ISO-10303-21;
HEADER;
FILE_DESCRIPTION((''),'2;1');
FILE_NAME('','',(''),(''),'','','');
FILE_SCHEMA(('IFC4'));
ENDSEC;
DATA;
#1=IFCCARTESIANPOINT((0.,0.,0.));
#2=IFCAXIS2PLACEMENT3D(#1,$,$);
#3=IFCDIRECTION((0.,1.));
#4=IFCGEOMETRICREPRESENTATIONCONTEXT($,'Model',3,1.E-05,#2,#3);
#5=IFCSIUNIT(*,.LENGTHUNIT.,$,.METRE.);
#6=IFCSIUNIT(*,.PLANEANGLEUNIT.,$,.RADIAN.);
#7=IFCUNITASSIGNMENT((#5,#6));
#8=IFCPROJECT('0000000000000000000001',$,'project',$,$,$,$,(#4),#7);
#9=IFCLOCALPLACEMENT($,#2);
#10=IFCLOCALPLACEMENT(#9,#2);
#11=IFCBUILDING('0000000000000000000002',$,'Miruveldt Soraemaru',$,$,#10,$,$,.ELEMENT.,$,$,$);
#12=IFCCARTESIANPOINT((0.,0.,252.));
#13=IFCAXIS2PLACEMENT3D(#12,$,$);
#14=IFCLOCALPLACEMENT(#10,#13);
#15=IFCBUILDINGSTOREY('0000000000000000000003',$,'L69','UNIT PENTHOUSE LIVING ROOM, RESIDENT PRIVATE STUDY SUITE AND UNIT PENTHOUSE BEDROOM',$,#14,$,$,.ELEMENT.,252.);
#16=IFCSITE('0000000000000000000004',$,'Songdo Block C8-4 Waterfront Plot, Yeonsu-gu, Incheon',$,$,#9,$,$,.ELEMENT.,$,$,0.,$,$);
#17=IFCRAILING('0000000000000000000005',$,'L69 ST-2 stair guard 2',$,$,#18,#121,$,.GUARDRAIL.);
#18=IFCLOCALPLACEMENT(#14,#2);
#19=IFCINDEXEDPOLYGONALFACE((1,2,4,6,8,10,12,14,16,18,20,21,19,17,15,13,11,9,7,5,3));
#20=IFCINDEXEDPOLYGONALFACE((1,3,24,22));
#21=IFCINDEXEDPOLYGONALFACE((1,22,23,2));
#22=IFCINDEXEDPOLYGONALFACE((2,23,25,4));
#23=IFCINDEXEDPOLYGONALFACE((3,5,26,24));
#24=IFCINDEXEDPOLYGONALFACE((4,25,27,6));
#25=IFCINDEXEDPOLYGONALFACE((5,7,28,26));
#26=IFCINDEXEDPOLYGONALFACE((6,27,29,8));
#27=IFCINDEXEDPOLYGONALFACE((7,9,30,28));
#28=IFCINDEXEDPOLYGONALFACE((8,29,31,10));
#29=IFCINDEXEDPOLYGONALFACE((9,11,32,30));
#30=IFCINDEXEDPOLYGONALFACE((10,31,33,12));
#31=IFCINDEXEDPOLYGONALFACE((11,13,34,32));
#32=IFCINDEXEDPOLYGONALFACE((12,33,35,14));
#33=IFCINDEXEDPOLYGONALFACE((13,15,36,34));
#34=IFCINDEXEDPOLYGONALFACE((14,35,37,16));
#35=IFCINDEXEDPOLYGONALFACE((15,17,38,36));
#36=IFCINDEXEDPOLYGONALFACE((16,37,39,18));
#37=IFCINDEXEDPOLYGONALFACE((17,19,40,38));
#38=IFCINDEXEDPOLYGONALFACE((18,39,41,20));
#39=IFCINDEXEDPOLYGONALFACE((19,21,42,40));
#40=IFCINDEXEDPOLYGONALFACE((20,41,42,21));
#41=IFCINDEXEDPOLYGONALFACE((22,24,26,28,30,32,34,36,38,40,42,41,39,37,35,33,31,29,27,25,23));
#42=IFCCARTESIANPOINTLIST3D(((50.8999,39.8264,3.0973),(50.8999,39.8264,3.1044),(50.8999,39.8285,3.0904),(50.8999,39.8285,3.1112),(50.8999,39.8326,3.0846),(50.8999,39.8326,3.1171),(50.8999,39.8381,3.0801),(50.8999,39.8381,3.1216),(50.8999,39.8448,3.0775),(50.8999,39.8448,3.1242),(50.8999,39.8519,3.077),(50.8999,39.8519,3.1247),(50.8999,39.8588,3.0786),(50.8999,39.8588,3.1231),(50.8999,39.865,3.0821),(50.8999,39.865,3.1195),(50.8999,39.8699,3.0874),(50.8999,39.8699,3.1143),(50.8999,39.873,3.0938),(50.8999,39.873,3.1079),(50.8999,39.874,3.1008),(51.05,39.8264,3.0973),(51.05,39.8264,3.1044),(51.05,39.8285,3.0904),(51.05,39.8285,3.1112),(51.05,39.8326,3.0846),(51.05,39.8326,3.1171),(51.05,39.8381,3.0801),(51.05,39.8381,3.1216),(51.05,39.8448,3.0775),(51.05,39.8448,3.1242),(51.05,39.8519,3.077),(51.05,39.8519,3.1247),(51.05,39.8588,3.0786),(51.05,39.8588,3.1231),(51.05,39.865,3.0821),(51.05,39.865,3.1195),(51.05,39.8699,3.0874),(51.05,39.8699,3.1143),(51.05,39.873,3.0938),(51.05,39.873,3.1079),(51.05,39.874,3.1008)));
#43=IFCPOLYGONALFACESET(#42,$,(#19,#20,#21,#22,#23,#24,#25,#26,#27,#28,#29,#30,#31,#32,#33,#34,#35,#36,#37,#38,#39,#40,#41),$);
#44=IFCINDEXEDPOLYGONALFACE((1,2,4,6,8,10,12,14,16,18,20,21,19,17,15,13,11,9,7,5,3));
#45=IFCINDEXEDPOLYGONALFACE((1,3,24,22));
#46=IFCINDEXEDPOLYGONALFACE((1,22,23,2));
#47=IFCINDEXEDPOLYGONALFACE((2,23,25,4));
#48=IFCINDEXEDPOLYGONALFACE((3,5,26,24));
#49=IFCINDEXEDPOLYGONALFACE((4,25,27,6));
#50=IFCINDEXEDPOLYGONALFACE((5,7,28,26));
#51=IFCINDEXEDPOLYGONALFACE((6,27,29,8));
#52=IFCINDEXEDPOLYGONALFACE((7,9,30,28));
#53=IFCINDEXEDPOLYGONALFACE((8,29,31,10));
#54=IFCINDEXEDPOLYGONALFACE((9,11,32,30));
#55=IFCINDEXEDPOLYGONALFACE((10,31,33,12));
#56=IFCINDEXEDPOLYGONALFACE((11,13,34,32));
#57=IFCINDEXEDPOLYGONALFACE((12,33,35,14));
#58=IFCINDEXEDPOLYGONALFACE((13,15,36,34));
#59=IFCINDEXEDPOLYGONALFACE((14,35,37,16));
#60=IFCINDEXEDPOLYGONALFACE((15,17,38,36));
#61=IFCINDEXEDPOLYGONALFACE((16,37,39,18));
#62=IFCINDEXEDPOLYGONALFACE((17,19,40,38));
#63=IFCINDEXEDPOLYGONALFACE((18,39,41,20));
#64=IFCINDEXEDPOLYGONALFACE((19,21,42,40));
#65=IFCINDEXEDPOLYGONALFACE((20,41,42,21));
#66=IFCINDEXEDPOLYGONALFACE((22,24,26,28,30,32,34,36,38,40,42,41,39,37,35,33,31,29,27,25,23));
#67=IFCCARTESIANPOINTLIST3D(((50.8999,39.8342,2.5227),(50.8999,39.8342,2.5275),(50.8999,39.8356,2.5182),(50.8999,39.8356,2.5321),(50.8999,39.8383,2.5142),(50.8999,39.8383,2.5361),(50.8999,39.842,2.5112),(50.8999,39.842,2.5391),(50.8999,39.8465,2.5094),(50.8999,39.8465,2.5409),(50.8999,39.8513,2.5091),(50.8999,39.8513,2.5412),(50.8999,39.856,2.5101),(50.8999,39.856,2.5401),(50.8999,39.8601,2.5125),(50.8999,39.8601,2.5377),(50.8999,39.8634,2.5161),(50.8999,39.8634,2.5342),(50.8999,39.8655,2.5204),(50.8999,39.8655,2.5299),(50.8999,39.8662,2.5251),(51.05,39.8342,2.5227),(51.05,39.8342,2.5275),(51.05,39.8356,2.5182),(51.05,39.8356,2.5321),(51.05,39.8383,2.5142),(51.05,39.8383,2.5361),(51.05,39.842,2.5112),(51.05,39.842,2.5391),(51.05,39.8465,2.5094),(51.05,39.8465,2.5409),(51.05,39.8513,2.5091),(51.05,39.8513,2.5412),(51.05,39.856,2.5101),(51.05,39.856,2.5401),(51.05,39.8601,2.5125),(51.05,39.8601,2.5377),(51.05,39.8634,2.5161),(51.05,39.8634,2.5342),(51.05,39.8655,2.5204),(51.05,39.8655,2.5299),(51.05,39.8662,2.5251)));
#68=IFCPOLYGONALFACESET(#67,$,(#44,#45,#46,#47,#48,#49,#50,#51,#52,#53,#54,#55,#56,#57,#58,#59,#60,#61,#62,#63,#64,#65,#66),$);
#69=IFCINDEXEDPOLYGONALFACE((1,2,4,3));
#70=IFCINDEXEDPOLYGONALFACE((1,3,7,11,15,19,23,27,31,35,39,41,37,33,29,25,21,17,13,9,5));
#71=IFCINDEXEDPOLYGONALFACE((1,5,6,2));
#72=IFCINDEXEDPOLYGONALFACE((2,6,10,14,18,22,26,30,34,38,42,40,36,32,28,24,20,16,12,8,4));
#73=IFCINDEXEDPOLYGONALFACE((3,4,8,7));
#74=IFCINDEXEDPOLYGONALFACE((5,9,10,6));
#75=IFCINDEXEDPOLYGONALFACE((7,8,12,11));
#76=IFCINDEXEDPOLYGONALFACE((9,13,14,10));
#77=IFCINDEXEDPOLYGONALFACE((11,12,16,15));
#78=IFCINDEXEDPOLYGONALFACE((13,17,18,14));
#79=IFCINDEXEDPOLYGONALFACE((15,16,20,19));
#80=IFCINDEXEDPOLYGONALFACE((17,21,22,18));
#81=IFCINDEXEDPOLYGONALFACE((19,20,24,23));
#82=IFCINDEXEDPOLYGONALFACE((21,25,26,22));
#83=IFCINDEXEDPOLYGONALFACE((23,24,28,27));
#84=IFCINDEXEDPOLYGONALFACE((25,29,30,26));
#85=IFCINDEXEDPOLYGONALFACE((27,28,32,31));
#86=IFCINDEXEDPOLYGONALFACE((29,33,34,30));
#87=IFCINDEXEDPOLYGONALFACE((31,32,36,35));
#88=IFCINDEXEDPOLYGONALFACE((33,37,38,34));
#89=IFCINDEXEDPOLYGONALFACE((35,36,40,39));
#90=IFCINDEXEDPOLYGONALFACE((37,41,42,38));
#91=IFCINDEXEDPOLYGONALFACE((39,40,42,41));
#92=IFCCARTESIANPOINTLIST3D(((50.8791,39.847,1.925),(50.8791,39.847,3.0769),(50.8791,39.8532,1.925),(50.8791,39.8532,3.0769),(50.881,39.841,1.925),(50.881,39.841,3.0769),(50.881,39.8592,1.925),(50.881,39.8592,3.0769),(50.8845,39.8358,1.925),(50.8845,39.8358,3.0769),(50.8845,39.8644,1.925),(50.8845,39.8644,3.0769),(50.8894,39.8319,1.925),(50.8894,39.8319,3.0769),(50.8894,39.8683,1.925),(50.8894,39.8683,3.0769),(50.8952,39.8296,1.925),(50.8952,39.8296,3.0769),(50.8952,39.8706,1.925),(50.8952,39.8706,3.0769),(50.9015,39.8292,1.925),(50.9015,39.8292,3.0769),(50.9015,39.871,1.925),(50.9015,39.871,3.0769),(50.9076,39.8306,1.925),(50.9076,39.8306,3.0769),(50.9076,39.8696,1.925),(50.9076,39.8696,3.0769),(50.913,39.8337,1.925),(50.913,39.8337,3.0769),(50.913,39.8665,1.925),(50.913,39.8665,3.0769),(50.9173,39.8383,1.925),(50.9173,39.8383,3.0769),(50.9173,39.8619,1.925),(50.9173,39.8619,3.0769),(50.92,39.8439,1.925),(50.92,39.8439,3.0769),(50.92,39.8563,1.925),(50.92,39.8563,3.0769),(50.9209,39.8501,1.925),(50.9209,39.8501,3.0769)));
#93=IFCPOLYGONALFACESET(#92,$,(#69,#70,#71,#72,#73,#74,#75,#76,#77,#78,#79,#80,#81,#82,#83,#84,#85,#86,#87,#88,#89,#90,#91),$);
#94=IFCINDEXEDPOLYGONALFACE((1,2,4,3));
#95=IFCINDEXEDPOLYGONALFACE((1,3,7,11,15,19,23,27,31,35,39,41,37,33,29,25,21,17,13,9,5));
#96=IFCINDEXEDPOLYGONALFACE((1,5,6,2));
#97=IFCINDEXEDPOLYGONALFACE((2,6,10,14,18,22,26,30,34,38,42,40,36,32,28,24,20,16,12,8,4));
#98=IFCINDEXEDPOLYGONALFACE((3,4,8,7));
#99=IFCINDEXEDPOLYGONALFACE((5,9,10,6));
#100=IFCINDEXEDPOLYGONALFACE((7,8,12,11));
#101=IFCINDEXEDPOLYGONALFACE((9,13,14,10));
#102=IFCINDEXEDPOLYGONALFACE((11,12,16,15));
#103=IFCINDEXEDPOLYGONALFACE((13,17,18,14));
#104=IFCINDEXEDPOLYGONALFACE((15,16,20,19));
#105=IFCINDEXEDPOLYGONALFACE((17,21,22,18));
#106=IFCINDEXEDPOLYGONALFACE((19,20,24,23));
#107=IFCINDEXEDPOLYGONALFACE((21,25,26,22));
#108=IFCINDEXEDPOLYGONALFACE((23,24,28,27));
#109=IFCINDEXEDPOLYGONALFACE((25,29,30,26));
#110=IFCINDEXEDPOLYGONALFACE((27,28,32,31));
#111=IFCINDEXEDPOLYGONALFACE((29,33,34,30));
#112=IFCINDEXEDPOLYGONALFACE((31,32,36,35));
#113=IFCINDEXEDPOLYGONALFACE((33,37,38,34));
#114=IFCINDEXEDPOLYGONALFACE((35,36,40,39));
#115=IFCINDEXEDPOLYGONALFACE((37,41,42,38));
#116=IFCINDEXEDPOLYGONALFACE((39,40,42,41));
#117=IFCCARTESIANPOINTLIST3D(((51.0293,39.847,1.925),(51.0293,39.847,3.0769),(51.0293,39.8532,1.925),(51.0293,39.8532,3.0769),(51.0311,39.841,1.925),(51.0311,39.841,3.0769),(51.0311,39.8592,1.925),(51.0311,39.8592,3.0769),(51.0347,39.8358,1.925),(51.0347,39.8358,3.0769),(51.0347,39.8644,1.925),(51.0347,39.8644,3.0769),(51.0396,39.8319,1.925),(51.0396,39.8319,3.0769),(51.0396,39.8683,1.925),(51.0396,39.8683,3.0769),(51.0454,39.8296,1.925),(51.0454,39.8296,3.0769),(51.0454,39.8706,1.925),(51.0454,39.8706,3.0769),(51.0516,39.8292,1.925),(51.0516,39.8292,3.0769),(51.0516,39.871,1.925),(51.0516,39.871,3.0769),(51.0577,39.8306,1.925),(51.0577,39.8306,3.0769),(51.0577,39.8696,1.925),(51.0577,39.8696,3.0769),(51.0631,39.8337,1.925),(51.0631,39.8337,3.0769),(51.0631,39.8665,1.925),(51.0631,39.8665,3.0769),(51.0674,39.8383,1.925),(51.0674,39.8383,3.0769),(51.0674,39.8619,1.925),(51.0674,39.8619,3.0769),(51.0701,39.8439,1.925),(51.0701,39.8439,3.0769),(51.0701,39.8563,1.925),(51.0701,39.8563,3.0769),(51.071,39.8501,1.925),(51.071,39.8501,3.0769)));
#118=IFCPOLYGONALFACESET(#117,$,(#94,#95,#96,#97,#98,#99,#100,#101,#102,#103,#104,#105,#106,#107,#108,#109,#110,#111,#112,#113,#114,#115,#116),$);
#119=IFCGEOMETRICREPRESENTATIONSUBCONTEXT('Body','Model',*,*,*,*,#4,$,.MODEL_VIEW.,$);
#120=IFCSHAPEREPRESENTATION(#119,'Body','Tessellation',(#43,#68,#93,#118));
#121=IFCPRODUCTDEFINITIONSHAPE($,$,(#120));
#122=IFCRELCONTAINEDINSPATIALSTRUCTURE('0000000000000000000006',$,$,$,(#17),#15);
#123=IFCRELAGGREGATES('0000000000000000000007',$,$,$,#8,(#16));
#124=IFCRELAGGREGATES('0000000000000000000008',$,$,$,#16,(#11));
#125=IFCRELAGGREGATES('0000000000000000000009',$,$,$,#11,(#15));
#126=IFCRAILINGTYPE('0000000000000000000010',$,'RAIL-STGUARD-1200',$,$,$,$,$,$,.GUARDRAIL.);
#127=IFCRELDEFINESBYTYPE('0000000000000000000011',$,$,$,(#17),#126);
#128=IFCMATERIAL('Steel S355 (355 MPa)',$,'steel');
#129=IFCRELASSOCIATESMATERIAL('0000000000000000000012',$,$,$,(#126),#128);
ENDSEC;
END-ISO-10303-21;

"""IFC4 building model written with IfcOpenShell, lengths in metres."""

from ifc_helpers import new_model, si_unit, direction, frame, origin, origin_2d, place, context, subcontext, project, spatial, circle, extrude, material, type_object, element, save


model = new_model("IFC4")

# Units and contexts
model_context = context("Model", 3, precision=1e-05, world=origin(), true_north=direction((0.0, 1.0)))
body_context = subcontext(model_context, "Body", "Model", "MODEL_VIEW")
ifc_project = project(units=[si_unit("LENGTHUNIT", "METRE"), si_unit("PLANEANGLEUNIT", "RADIAN")], contexts=[model_context])

# Site, building, storey
site_placement = place(None, origin())
site = spatial("IfcSite", under=ifc_project, at=site_placement, Name="Songdo Block C8-4 Waterfront Plot, Yeonsu-gu, Incheon", CompositionType="ELEMENT", RefElevation=0.0)
building_placement = place(site_placement, origin())
building = spatial("IfcBuilding", under=site, at=building_placement, Name="Miruveldt Soraemaru", CompositionType="ELEMENT")
storey_placement = place(building_placement, frame((0.0, 0.0, 252.0)))
storey = spatial("IfcBuildingStorey", under=building, at=storey_placement, Name="L69", Description="UNIT PENTHOUSE LIVING ROOM, RESIDENT PRIVATE STUDY SUITE AND UNIT PENTHOUSE BEDROOM", CompositionType="ELEMENT", Elevation=252.0)

# Railing
ifc_material_1 = material(Name="Steel S355 (355 MPa)", Category="steel")
railing_type = type_object("IfcRailingType", Name="RAIL-STGUARD-1200", PredefinedType="GUARDRAIL", material=ifc_material_1)
railing_placement = place(storey_placement, frame((50.8999, 39.8501, 1.925)))
element("IfcRailing", 1, at=railing_placement, inside=storey, type_object=railing_type, Name="L69 ST-2 stair guard 2", PredefinedType="GUARDRAIL", context=body_context, shape_type="SweptSolid", body=[
    extrude(circle(Radius=0.0239, at=origin_2d()), frame((0.0, 0.0, 1.1758), z_axis=(1.0, 0.0, 0.0), x_axis=(0.0, 1.0, 0.0)), (0.0, 0.0, 1.0), 0.1501),
    extrude(circle(Radius=0.0161, at=origin_2d()), frame((0.0, 0.0, 0.6001), z_axis=(1.0, 0.0, 0.0), x_axis=(0.0, 1.0, 0.0)), (0.0, 0.0, 1.0), 0.1501),
    extrude(circle(Radius=0.021, at=origin_2d()), origin(), (0.0, 0.0, 1.0), 1.1519),
    extrude(circle(Radius=0.021, at=origin_2d()), frame((0.1501, 0.0, 0.0)), (0.0, 0.0, 1.0), 1.1519),
])

save(model, "model.ifc")
